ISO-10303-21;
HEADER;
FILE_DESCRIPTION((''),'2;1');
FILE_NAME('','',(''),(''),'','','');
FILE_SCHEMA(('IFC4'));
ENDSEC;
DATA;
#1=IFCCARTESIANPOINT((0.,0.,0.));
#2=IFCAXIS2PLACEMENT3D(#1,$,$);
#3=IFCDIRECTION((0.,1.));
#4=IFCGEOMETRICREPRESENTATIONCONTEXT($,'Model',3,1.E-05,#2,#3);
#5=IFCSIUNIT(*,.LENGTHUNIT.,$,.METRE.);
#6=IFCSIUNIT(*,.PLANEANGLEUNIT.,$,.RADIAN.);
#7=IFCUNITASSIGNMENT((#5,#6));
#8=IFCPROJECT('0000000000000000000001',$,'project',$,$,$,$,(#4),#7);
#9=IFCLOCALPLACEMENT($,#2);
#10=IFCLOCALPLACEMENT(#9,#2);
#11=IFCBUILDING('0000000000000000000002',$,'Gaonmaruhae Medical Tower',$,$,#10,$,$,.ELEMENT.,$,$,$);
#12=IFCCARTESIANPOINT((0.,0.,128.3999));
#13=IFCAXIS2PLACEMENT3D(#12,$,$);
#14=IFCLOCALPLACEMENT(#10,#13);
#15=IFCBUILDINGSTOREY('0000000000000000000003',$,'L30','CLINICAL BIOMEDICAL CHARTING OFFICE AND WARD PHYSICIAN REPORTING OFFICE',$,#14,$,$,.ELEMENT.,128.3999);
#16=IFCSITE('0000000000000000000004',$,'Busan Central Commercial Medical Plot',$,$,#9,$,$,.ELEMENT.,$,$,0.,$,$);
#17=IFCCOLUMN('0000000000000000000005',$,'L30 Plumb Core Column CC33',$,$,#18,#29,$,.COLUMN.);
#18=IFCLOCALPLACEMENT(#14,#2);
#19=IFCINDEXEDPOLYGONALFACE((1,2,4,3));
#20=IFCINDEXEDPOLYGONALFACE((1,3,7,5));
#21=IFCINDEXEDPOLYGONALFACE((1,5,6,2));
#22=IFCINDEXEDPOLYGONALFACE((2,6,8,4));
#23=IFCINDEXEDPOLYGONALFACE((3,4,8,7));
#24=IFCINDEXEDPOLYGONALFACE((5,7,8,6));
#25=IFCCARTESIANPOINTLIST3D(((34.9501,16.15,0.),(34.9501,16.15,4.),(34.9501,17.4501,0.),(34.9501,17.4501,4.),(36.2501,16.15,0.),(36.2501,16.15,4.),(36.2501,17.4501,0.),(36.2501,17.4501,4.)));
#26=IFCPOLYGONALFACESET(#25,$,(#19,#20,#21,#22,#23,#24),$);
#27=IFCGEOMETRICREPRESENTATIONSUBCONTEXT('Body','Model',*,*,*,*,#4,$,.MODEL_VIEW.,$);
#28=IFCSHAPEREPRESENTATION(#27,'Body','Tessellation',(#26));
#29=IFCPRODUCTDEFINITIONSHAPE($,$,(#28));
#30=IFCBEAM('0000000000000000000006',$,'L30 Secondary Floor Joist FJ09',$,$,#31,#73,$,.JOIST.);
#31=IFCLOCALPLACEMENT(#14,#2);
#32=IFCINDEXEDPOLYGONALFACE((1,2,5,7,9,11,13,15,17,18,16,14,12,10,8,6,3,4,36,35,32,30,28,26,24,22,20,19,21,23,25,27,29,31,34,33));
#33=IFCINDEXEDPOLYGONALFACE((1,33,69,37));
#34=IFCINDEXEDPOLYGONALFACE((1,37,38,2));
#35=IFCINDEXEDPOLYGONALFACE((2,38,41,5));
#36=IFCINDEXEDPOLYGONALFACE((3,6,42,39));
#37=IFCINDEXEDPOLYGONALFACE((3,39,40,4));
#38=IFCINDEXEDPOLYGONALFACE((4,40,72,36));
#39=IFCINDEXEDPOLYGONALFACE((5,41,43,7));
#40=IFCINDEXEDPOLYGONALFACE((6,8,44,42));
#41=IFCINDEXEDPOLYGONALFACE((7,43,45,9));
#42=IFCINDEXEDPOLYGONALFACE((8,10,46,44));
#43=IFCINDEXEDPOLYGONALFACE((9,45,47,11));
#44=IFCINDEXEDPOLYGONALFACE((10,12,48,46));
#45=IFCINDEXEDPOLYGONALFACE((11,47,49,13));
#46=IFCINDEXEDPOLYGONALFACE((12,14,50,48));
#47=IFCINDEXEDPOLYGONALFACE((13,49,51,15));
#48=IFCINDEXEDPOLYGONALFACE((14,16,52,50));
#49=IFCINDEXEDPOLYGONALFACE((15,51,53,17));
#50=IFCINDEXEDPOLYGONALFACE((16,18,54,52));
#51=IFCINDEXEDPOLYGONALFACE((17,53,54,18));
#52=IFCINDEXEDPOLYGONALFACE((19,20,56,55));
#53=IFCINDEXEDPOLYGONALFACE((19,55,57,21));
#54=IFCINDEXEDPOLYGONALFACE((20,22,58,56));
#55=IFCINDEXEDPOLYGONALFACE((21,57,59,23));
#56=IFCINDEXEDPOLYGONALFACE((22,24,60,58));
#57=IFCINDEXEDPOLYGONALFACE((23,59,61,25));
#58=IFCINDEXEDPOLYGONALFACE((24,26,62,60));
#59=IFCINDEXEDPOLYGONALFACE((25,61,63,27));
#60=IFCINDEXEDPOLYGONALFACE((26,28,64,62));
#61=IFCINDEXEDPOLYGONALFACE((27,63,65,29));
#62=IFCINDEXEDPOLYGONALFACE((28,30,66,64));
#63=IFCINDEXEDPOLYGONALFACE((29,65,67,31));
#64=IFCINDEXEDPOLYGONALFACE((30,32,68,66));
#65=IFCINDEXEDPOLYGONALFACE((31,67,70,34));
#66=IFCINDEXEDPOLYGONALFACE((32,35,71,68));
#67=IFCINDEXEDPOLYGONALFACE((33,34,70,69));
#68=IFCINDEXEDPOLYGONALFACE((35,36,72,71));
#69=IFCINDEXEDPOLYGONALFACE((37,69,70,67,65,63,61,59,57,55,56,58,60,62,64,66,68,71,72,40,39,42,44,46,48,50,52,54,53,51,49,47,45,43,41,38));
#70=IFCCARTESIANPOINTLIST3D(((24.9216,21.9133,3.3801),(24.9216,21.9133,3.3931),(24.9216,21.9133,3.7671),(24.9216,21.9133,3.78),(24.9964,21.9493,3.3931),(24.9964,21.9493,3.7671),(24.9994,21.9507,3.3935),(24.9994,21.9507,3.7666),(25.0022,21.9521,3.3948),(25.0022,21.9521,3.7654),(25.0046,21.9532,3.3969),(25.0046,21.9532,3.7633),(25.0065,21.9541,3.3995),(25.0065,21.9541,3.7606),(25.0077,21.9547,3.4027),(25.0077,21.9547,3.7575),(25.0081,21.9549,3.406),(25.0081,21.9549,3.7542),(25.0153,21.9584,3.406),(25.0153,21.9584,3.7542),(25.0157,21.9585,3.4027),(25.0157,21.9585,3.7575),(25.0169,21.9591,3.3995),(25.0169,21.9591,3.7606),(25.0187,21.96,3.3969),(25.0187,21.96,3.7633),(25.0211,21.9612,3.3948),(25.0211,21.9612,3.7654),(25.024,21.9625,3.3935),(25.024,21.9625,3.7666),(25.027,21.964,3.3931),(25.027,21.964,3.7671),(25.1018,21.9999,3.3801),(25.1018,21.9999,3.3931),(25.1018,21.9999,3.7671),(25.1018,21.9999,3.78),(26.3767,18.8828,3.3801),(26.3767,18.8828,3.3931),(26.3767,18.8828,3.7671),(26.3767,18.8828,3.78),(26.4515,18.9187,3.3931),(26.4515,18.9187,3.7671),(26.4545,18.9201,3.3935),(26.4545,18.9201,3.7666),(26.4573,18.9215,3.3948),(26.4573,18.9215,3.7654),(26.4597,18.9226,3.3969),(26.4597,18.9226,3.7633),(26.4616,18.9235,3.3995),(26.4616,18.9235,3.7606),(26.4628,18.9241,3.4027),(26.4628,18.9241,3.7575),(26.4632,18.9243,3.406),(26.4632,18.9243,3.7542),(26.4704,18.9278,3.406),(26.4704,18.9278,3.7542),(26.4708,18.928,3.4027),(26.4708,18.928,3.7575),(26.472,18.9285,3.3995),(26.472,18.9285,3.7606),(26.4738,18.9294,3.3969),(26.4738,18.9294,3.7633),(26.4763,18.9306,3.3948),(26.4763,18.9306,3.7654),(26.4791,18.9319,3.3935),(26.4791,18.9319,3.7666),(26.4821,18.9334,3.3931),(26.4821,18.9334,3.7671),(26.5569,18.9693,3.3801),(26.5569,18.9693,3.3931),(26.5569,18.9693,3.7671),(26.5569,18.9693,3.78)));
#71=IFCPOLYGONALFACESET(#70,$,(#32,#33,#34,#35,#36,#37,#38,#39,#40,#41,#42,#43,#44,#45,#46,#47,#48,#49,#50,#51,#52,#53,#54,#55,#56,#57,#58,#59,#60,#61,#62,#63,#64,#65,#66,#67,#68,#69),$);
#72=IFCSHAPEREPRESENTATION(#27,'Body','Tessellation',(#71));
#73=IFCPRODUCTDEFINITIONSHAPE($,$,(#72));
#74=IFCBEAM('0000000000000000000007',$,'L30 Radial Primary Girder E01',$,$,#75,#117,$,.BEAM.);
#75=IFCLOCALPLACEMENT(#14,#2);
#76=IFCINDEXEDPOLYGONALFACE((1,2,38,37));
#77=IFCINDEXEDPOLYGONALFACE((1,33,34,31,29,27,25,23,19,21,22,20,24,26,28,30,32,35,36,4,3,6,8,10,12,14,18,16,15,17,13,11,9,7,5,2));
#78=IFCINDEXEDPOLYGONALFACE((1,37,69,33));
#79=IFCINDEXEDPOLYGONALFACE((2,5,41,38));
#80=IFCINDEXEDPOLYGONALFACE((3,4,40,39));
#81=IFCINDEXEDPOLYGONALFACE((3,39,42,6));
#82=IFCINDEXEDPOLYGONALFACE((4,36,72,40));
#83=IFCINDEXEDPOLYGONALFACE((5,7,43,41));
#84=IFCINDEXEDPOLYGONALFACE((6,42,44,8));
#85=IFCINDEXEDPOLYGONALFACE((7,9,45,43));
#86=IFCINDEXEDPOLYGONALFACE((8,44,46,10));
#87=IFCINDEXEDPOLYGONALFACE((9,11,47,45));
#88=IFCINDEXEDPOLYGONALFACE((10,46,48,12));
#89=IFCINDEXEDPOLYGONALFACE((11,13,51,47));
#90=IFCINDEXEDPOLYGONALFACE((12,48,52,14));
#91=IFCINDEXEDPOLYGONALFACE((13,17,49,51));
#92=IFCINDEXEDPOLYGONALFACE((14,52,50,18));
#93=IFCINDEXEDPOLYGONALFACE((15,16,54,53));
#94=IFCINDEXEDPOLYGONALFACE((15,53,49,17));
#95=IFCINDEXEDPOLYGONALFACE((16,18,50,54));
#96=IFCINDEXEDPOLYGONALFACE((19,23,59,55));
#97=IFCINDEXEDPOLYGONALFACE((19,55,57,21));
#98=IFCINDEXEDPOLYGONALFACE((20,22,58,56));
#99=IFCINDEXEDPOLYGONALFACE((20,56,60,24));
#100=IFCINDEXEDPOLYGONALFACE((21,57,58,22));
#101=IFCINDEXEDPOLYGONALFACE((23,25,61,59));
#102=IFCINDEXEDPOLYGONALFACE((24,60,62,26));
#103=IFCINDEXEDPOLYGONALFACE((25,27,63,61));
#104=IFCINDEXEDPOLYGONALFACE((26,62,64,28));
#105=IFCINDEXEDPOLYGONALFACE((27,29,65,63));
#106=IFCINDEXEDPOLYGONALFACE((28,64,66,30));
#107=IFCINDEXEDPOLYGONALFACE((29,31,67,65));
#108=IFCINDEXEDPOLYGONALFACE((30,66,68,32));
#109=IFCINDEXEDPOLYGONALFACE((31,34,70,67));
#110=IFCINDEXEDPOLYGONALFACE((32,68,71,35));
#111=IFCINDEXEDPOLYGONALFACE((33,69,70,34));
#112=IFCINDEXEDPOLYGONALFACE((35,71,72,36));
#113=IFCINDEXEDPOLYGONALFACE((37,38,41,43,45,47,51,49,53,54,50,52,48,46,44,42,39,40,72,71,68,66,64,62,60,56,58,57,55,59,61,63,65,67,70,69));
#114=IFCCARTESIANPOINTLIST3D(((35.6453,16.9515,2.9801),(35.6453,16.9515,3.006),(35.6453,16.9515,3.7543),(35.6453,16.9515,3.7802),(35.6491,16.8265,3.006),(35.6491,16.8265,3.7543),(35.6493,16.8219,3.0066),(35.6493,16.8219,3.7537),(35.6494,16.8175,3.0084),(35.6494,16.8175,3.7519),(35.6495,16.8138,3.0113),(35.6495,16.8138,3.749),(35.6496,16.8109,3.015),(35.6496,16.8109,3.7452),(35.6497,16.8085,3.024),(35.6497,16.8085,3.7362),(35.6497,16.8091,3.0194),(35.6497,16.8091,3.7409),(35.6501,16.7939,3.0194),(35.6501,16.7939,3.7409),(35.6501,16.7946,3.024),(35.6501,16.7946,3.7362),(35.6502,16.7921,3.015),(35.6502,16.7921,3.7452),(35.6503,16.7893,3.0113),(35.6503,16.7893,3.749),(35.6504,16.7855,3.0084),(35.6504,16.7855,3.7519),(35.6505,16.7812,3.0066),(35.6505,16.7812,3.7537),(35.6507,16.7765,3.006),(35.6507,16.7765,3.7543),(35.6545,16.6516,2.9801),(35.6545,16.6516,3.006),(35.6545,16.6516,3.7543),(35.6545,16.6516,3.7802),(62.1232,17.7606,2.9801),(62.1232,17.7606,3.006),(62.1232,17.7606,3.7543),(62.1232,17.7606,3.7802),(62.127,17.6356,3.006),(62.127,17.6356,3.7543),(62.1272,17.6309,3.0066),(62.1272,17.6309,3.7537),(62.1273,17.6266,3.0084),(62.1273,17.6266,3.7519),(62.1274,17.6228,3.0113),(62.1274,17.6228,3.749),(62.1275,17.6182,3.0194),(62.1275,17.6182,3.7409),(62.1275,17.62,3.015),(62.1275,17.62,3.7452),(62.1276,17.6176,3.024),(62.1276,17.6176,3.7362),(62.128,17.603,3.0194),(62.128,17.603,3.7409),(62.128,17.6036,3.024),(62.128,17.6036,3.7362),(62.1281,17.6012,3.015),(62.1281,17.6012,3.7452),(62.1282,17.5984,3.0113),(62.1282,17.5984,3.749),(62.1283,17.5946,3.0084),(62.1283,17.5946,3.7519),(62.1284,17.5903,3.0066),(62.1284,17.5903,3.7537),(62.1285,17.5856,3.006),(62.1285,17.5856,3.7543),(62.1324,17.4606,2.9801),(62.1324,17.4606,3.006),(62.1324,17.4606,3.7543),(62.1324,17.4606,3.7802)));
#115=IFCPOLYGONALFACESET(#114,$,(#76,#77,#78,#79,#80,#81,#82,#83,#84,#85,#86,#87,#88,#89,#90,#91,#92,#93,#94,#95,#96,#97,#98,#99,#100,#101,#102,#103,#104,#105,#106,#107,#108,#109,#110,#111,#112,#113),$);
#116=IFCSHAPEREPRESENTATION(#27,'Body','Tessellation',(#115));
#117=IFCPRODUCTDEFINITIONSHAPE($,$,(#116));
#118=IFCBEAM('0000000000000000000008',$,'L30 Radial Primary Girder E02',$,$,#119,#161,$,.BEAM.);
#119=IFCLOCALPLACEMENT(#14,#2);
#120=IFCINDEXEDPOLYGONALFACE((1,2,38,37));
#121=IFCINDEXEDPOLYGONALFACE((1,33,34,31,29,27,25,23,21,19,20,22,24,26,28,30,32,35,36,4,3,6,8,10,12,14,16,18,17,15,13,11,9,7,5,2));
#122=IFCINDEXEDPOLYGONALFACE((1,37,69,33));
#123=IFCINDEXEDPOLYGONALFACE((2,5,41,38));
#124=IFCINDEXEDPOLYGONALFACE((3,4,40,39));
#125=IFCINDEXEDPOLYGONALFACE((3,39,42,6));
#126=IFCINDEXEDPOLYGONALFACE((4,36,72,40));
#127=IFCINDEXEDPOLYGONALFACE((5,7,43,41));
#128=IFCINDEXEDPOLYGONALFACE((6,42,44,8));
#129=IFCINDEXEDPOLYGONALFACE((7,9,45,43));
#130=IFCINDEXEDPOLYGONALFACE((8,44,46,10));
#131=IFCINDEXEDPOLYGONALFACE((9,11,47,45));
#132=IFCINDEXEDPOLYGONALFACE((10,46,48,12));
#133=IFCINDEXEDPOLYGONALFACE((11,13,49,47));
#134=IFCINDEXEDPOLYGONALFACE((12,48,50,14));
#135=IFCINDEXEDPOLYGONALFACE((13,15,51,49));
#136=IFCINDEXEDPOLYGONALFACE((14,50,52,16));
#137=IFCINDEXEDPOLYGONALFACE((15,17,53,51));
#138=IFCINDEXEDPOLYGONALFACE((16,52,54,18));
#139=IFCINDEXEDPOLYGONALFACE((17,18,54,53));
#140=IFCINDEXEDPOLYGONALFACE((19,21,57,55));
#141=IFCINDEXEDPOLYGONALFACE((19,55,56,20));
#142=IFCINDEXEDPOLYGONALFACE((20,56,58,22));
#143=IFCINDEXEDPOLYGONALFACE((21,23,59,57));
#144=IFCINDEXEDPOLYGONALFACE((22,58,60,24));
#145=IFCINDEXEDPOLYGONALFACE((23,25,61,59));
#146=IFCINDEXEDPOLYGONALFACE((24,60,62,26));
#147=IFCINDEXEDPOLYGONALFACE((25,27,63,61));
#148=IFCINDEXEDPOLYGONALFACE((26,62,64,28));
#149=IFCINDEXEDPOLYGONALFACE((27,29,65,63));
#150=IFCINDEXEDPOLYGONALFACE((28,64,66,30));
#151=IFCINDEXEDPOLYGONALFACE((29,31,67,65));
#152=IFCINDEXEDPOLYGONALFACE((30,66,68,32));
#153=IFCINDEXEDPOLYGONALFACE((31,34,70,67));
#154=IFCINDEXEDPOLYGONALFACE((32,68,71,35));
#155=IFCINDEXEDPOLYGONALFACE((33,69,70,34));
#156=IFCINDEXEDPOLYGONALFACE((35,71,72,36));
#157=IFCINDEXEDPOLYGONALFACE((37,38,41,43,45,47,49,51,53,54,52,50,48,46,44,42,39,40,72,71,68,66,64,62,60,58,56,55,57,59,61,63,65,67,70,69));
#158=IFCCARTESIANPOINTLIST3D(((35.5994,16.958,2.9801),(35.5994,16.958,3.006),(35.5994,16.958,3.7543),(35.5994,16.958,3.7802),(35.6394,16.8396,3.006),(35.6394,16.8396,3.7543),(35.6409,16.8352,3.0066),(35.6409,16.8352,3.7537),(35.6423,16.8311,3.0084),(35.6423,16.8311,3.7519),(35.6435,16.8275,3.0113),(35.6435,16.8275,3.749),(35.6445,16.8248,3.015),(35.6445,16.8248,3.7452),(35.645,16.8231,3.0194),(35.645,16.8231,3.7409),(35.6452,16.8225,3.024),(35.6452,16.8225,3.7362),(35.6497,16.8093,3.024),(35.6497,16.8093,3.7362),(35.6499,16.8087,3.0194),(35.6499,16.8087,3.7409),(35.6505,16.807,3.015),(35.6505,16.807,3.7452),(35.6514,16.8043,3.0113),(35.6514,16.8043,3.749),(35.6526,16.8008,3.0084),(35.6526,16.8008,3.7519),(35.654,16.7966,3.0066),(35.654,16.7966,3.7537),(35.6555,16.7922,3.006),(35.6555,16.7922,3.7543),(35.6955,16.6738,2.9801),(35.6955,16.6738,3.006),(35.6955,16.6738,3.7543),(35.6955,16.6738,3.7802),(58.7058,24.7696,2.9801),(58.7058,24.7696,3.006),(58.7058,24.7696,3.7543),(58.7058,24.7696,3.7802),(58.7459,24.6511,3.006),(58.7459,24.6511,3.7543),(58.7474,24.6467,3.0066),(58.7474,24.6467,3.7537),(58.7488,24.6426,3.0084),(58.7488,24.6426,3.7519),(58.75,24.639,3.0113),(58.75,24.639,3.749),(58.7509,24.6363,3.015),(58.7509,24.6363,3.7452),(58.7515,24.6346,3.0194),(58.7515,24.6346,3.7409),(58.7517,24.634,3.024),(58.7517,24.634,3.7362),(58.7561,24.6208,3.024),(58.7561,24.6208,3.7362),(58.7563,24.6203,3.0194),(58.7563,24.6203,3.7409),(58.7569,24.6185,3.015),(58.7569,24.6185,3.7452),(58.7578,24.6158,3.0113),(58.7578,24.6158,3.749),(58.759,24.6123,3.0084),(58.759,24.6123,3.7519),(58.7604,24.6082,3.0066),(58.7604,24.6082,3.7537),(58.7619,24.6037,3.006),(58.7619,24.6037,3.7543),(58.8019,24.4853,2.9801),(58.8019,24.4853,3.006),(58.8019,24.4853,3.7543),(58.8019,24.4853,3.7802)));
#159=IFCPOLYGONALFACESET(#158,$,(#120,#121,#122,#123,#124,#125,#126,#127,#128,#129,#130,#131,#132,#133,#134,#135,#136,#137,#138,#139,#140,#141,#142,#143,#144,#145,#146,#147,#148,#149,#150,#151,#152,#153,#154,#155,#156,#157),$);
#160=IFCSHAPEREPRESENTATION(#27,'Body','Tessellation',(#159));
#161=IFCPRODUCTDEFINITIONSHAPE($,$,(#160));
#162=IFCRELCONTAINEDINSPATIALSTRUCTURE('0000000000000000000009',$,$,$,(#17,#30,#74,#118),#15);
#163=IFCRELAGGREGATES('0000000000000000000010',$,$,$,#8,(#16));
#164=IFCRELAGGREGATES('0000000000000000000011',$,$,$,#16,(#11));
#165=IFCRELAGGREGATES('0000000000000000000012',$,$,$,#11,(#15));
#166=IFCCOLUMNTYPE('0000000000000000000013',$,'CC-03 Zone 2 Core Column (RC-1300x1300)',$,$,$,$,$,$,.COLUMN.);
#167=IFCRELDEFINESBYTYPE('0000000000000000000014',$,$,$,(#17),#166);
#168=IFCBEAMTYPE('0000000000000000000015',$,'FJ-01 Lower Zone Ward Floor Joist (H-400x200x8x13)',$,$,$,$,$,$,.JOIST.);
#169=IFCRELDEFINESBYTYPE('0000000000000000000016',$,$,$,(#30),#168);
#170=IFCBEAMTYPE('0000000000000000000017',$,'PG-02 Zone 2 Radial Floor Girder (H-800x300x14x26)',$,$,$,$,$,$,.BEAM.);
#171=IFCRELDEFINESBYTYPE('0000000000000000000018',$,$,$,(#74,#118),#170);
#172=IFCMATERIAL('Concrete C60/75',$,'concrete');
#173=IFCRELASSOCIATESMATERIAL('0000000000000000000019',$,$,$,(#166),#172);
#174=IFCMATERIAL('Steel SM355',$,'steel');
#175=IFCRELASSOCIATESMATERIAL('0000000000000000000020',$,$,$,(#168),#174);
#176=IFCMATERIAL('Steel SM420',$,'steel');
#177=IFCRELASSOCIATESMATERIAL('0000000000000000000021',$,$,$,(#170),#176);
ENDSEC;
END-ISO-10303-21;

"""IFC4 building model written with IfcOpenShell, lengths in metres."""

from ifc_helpers import new_model, si_unit, direction, frame, origin, origin_2d, place, context, subcontext, project, spatial, rectangle, i_section, extrude, material, material_profile, profile_set, type_object, element, save


model = new_model("IFC4")

# Units and contexts
model_context = context("Model", 3, precision=1e-05, world=origin(), true_north=direction((0.0, 1.0)))
body_context = subcontext(model_context, "Body", "Model", "MODEL_VIEW")
ifc_project = project(units=[si_unit("LENGTHUNIT", "METRE"), si_unit("PLANEANGLEUNIT", "RADIAN")], contexts=[model_context])

# Site, building, storey
site_placement = place(None, origin())
site = spatial("IfcSite", under=ifc_project, at=site_placement, Name="Busan Central Commercial Medical Plot", CompositionType="ELEMENT", RefElevation=0.0)
building_placement = place(site_placement, origin())
building = spatial("IfcBuilding", under=site, at=building_placement, Name="Gaonmaruhae Medical Tower", CompositionType="ELEMENT")
storey_placement = place(building_placement, frame((0.0, 0.0, 128.3999)))
storey = spatial("IfcBuildingStorey", under=building, at=storey_placement, Name="L30", Description="CLINICAL BIOMEDICAL CHARTING OFFICE AND WARD PHYSICIAN REPORTING OFFICE", CompositionType="ELEMENT", Elevation=128.3999)

# Column
ifc_material_1 = material(Name="Concrete C60/75", Category="concrete")
ifc_material_profile_1 = material_profile(ifc_material_1, rectangle(XDim=1.3, YDim=1.3, at=origin_2d()), Name="RC-1300x1300")
ifc_profile_set_1 = profile_set([ifc_material_profile_1], Name="Concrete C60/75")
column_type = type_object("IfcColumnType", Name="CC-03 Zone 2 Core Column (RC-1300x1300)", PredefinedType="COLUMN", material=ifc_profile_set_1)
column_placement = place(storey_placement, frame((35.6001, 16.8, 0.0), z_axis=(0.0, 0.0, 1.0), x_axis=(1.0, 0.0, 0.0)))
element("IfcColumn", 1, at=column_placement, inside=storey, type_object=column_type, Name="L30 Plumb Core Column CC33", PredefinedType="COLUMN", context=body_context, shape_type="SweptSolid", body=[
    extrude(rectangle(XDim=1.3, YDim=1.3, at=origin_2d()), origin(), (0.0, 0.0, 1.0), 4.0),
])

# Beams
ifc_material_2 = material(Name="Steel SM355", Category="steel")
ifc_material_profile_2 = material_profile(ifc_material_2, i_section(OverallWidth=0.2, OverallDepth=0.3999, WebThickness=0.0081, FlangeThickness=0.0129, FilletRadius=0.0129, at=origin_2d()), Name="H-400x200x8x13")
ifc_profile_set_2 = profile_set([ifc_material_profile_2], Name="Steel SM355")
beam_type_1 = type_object("IfcBeamType", Name="FJ-01 Lower Zone Ward Floor Joist (H-400x200x8x13)", PredefinedType="JOIST", material=ifc_profile_set_2)
beam_1_placement = place(storey_placement, frame((26.4668, 18.926, 3.5801), z_axis=(-0.432835, 0.901473, 0.0), x_axis=(-0.901473, -0.432835, 0.0)))
element("IfcBeam", 2, at=beam_1_placement, inside=storey, type_object=beam_type_1, Name="L30 Secondary Floor Joist FJ09", PredefinedType="JOIST", context=body_context, shape_type="SweptSolid", body=[
    extrude(i_section(OverallWidth=0.2, OverallDepth=0.3999, WebThickness=0.0081, FlangeThickness=0.0129, FilletRadius=0.0129, at=origin_2d()), origin(), (0.0, 0.0, 1.0), 3.3618),
])
ifc_material_3 = material(Name="Steel SM420", Category="steel")
ifc_material_profile_3 = material_profile(ifc_material_3, i_section(OverallWidth=0.3, OverallDepth=0.8, WebThickness=0.0139, FlangeThickness=0.0259, FilletRadius=0.0181, at=origin_2d()), Name="H-800x300x14x26")
ifc_profile_set_3 = profile_set([ifc_material_profile_3], Name="Steel SM420")
beam_type_2 = type_object("IfcBeamType", Name="PG-02 Zone 2 Radial Floor Girder (H-800x300x14x26)", PredefinedType="BEAM", material=ifc_profile_set_3)
beam_2_placement = place(storey_placement, frame((35.6499, 16.8015, 3.3801), z_axis=(0.999533, 0.030543, 0.0), x_axis=(-0.030543, 0.999533, 0.0)))
element("IfcBeam", 3, at=beam_2_placement, inside=storey, type_object=beam_type_2, Name="L30 Radial Primary Girder E01", PredefinedType="BEAM", context=body_context, shape_type="SweptSolid", body=[
    extrude(i_section(OverallWidth=0.3, OverallDepth=0.8, WebThickness=0.0139, FlangeThickness=0.0259, FilletRadius=0.0181, at=origin_2d()), origin(), (0.0, 0.0, 1.0), 26.4902),
])
beam_3_placement = place(storey_placement, frame((35.6475, 16.8159, 3.3801), z_axis=(0.947329, 0.320261, 0.0), x_axis=(-0.320261, 0.947329, 0.0)))
element("IfcBeam", 4, at=beam_3_placement, inside=storey, type_object=beam_type_2, Name="L30 Radial Primary Girder E02", PredefinedType="BEAM", context=body_context, shape_type="SweptSolid", body=[
    extrude(i_section(OverallWidth=0.3, OverallDepth=0.8, WebThickness=0.0139, FlangeThickness=0.0259, FilletRadius=0.0181, at=origin_2d()), origin(), (0.0, 0.0, 1.0), 24.3911),
])

save(model, "model.ifc")
